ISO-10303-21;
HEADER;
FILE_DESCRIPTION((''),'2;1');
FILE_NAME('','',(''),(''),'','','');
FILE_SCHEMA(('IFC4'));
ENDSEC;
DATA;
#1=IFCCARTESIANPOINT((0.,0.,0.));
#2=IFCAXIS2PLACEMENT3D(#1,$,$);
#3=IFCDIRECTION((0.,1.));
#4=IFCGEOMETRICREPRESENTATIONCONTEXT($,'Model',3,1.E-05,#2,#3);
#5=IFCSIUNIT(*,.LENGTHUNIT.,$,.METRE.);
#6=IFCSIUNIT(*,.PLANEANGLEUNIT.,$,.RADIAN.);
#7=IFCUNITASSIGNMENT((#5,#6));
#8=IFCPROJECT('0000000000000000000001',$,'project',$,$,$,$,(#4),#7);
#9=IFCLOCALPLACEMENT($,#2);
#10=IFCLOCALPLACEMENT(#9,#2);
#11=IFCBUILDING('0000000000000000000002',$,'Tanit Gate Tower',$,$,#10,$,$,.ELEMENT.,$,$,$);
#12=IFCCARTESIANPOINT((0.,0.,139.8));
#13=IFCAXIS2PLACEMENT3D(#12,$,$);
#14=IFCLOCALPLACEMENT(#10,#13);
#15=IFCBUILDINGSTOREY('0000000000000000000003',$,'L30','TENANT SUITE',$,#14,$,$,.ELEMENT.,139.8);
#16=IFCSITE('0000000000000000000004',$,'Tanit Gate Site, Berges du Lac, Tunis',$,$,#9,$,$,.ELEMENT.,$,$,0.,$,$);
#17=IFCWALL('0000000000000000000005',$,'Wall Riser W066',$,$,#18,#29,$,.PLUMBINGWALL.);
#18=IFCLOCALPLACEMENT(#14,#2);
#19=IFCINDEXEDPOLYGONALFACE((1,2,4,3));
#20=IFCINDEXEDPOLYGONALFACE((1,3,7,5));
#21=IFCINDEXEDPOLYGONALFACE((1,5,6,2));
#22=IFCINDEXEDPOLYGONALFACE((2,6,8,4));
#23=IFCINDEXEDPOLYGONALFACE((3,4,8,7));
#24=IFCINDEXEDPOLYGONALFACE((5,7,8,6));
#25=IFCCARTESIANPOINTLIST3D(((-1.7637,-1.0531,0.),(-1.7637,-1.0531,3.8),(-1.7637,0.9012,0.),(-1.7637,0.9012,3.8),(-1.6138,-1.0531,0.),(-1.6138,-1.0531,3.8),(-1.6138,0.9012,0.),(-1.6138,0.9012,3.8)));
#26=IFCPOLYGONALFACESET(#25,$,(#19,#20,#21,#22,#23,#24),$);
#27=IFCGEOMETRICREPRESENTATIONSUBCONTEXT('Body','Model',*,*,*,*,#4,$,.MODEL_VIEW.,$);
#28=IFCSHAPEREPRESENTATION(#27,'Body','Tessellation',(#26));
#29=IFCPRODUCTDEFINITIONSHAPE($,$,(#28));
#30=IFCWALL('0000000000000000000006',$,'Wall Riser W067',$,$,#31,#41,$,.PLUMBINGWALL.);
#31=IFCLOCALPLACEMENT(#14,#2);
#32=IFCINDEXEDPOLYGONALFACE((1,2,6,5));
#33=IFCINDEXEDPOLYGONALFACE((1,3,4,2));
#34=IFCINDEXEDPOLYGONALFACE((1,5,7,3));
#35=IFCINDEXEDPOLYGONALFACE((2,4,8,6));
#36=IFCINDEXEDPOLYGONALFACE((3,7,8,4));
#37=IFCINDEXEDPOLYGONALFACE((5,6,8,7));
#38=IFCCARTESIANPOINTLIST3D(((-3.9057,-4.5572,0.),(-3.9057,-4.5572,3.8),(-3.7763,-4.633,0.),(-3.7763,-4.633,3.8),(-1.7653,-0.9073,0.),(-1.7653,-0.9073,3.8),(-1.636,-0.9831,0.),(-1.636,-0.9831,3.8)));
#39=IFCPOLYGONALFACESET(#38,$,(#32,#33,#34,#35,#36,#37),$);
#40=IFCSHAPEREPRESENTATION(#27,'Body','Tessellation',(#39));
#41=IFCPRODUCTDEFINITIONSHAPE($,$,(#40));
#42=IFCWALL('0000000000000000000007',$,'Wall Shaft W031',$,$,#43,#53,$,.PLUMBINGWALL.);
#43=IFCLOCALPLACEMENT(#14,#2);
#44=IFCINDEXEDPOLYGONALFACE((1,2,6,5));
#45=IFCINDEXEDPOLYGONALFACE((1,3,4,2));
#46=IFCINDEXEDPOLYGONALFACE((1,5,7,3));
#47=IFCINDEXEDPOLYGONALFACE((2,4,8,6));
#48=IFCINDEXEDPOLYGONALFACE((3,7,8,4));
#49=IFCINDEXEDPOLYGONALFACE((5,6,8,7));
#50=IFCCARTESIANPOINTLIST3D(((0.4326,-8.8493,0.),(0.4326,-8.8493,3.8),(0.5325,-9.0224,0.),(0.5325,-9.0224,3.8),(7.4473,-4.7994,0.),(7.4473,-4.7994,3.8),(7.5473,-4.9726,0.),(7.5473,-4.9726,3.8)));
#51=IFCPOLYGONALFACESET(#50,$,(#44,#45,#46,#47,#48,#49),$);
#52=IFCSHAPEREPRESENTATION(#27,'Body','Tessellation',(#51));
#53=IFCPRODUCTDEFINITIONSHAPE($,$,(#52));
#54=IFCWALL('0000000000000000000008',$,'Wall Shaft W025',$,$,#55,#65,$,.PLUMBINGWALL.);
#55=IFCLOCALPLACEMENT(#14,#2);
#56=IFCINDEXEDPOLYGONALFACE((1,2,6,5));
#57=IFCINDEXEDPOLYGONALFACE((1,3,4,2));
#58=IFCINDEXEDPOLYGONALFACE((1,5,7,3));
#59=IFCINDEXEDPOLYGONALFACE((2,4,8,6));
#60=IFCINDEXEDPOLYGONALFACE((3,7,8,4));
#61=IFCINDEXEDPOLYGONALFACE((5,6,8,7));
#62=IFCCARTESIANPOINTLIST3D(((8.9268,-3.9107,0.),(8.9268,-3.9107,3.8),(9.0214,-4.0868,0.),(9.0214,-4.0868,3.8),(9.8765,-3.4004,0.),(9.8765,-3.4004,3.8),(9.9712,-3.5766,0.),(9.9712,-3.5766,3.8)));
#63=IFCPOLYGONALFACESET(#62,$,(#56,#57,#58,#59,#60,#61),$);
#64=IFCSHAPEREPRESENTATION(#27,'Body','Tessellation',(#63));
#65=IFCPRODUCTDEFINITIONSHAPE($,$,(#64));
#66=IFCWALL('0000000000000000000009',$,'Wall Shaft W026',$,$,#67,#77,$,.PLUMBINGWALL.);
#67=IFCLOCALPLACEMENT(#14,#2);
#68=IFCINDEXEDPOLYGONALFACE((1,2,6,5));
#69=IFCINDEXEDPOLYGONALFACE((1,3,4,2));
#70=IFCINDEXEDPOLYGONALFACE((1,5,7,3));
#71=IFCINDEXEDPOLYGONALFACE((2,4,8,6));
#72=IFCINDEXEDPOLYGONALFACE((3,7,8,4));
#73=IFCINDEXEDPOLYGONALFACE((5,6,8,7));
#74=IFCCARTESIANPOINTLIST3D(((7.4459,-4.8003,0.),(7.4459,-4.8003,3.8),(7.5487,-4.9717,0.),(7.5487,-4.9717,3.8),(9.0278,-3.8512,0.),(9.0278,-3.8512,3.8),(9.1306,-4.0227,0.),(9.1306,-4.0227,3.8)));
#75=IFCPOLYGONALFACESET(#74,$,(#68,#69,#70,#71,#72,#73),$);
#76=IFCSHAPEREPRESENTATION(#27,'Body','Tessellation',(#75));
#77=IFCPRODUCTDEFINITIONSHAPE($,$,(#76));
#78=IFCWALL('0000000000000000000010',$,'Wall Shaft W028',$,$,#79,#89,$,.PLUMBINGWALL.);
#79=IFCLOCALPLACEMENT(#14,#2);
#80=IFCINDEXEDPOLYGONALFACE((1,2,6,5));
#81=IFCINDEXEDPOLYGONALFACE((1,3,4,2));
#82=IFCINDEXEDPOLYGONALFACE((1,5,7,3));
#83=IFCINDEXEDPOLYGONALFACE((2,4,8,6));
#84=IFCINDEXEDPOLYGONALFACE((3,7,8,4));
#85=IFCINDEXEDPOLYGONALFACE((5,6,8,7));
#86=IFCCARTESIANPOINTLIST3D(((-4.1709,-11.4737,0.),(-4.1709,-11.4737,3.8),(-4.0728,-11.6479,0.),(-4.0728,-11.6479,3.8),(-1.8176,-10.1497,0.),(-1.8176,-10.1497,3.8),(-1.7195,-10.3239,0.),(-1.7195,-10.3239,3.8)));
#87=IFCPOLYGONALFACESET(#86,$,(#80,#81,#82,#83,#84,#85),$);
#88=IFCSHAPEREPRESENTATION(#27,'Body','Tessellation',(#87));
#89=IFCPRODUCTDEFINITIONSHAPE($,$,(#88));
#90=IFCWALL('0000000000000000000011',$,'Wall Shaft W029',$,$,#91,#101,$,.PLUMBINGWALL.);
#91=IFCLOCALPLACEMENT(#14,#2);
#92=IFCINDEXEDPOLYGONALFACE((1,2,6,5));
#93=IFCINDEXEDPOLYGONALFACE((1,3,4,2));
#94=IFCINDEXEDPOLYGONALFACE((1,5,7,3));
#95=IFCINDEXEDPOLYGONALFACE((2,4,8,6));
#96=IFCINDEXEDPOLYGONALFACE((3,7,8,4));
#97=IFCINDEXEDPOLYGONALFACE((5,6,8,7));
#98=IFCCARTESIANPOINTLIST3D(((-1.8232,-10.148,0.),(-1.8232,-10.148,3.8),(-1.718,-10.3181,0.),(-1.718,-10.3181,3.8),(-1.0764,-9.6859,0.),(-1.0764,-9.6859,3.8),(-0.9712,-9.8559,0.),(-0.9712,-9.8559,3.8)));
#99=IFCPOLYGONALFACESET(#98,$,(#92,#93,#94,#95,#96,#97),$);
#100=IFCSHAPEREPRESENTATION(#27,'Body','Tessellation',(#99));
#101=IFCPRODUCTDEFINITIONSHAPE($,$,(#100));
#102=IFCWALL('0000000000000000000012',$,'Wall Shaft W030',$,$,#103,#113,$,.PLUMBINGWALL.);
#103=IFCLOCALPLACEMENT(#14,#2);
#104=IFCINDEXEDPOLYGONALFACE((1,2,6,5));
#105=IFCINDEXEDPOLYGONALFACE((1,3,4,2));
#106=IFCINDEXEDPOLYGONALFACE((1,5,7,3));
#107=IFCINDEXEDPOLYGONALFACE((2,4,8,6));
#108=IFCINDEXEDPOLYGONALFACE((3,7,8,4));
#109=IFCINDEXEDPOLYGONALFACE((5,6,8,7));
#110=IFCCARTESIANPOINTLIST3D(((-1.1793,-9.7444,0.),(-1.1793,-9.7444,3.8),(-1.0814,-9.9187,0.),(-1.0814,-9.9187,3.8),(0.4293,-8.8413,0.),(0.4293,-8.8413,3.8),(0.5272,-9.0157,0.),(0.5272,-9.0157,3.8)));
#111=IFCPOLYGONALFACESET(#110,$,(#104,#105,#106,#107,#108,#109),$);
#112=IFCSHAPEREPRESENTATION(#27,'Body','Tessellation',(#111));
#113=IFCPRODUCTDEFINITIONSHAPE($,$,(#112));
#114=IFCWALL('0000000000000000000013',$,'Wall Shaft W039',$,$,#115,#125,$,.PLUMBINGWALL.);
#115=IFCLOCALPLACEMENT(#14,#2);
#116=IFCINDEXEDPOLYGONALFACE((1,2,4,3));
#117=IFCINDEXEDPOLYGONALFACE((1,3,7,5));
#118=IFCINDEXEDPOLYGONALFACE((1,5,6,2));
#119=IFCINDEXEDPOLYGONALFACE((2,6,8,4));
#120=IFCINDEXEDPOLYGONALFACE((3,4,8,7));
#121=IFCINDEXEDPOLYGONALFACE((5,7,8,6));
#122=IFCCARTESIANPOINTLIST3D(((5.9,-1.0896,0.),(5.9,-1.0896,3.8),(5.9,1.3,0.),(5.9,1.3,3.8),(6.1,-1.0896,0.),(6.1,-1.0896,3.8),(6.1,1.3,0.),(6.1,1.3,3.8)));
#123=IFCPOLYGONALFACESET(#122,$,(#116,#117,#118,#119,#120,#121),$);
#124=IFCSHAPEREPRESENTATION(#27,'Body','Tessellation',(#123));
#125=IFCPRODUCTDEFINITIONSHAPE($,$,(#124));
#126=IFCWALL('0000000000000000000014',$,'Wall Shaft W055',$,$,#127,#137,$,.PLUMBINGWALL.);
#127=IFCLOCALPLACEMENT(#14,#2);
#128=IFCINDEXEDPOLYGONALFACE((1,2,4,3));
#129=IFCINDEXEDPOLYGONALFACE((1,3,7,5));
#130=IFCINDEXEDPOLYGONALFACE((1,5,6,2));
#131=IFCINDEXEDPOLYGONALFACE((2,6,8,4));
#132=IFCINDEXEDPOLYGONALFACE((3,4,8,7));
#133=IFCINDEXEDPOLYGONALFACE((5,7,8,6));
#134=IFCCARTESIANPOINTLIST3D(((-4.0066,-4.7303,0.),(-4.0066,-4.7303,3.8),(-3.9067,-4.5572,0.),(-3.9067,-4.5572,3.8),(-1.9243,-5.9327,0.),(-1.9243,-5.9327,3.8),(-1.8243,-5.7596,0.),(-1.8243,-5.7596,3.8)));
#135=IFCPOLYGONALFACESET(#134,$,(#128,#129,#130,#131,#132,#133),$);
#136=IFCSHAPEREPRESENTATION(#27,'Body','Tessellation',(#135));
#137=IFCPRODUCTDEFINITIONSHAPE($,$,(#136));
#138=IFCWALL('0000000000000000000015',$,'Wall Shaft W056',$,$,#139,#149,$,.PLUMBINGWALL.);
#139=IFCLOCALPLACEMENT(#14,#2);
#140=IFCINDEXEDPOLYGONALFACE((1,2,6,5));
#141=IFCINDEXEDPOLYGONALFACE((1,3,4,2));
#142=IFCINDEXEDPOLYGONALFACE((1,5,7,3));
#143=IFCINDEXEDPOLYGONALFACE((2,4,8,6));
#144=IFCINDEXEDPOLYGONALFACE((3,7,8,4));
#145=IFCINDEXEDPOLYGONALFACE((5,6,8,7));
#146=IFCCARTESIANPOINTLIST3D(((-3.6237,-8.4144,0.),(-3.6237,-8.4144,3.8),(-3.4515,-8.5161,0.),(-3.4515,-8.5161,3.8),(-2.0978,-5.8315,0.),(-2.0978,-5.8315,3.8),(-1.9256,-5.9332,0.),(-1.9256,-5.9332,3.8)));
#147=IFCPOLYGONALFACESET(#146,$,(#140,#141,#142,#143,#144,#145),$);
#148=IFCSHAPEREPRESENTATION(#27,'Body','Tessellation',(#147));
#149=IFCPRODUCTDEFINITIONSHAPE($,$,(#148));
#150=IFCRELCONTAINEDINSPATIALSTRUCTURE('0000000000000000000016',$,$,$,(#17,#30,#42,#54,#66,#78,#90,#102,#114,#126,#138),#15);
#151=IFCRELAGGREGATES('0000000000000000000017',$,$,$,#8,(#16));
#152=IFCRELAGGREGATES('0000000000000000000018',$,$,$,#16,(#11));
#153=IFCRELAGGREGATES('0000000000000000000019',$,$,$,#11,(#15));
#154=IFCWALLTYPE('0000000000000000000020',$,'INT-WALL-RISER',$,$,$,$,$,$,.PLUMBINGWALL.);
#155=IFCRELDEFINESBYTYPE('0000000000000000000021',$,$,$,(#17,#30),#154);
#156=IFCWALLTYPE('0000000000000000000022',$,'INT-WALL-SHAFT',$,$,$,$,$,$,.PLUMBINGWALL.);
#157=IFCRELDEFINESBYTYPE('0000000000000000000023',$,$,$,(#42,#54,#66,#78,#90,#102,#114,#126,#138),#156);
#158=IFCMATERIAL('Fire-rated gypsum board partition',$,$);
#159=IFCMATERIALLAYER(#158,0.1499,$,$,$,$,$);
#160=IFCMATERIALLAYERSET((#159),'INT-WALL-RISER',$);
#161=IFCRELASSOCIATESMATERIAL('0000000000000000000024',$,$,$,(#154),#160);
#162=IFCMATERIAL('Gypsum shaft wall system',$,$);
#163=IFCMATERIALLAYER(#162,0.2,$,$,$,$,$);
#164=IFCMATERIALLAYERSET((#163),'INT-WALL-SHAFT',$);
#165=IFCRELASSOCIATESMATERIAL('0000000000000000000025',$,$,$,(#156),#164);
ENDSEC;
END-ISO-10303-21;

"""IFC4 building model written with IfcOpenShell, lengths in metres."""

from ifc_helpers import new_model, si_unit, direction, frame, frame_2d, origin, place, context, subcontext, project, spatial, rectangle, extrude, material, layer, layer_set, type_object, element, save


model = new_model("IFC4")

# Units and contexts
model_context = context("Model", 3, precision=1e-05, world=origin(), true_north=direction((0.0, 1.0)))
body_context = subcontext(model_context, "Body", "Model", "MODEL_VIEW")
ifc_project = project(units=[si_unit("LENGTHUNIT", "METRE"), si_unit("PLANEANGLEUNIT", "RADIAN")], contexts=[model_context])

# Site, building, storey
site_placement = place(None, origin())
site = spatial("IfcSite", under=ifc_project, at=site_placement, Name="Tanit Gate Site, Berges du Lac, Tunis", CompositionType="ELEMENT", RefElevation=0.0)
building_placement = place(site_placement, origin())
building = spatial("IfcBuilding", under=site, at=building_placement, Name="Tanit Gate Tower", CompositionType="ELEMENT")
storey_placement = place(building_placement, frame((0.0, 0.0, 139.8)))
storey = spatial("IfcBuildingStorey", under=building, at=storey_placement, Name="L30", Description="TENANT SUITE", CompositionType="ELEMENT", Elevation=139.8)

# Walls
ifc_material_1 = material(Name="Fire-rated gypsum board partition")
ifc_layer_1 = layer(ifc_material_1, 0.1499)
ifc_layer_set_1 = layer_set([ifc_layer_1], Name="INT-WALL-RISER")
wall_type_1 = type_object("IfcWallType", Name="INT-WALL-RISER", PredefinedType="PLUMBINGWALL", material=ifc_layer_set_1)
wall_1_placement = place(storey_placement, frame((-1.6887, -1.053, 0.0), z_axis=(0.0, 0.0, 1.0), x_axis=(0.0, 1.0, 0.0)))
element("IfcWall", 1, at=wall_1_placement, inside=storey, type_object=wall_type_1, Name="Wall Riser W066", PredefinedType="PLUMBINGWALL", context=body_context, shape_type="SweptSolid", body=[
    extrude(rectangle(XDim=1.9543, YDim=0.1499, at=frame_2d((0.9771, 0.0))), origin(), (0.0, 0.0, 1.0), 3.8),
])
wall_2_placement = place(storey_placement, frame((-3.8411, -4.5952, 0.0), z_axis=(0.0, 0.0, 1.0), x_axis=(0.505857, 0.862617, 0.0)))
element("IfcWall", 2, at=wall_2_placement, inside=storey, type_object=wall_type_1, Name="Wall Riser W067", PredefinedType="PLUMBINGWALL", context=body_context, shape_type="SweptSolid", body=[
    extrude(rectangle(XDim=4.2312, YDim=0.1499, at=frame_2d((2.1157, 0.0))), origin(), (0.0, 0.0, 1.0), 3.8),
])
ifc_material_2 = material(Name="Gypsum shaft wall system")
ifc_layer_2 = layer(ifc_material_2, 0.2)
ifc_layer_set_2 = layer_set([ifc_layer_2], Name="INT-WALL-SHAFT")
wall_type_2 = type_object("IfcWallType", Name="INT-WALL-SHAFT", PredefinedType="PLUMBINGWALL", material=ifc_layer_set_2)
wall_3_placement = place(storey_placement, frame((0.4827, -8.9358, 0.0), z_axis=(0.0, 0.0, 1.0), x_axis=(0.866031, 0.49999, 0.0)))
element("IfcWall", 3, at=wall_3_placement, inside=storey, type_object=wall_type_2, Name="Wall Shaft W031", PredefinedType="PLUMBINGWALL", context=body_context, shape_type="SweptSolid", body=[
    extrude(rectangle(XDim=8.0999, YDim=0.2, at=frame_2d((4.0498, 0.0))), origin(), (0.0, 0.0, 1.0), 3.8),
])
wall_4_placement = place(storey_placement, frame((8.9741, -3.9988, 0.0), z_axis=(0.0, 0.0, 1.0), x_axis=(0.880907, 0.473289, 0.0)))
element("IfcWall", 4, at=wall_4_placement, inside=storey, type_object=wall_type_2, Name="Wall Shaft W025", PredefinedType="PLUMBINGWALL", context=body_context, shape_type="SweptSolid", body=[
    extrude(rectangle(XDim=1.0781, YDim=0.2, at=frame_2d((0.5391, 0.0))), origin(), (0.0, 0.0, 1.0), 3.8),
])
wall_5_placement = place(storey_placement, frame((7.4973, -4.886, 0.0), z_axis=(0.0, 0.0, 1.0), x_axis=(0.857516, 0.514457, 0.0)))
element("IfcWall", 5, at=wall_5_placement, inside=storey, type_object=wall_type_2, Name="Wall Shaft W026", PredefinedType="PLUMBINGWALL", context=body_context, shape_type="SweptSolid", body=[
    extrude(rectangle(XDim=1.8447, YDim=0.2, at=frame_2d((0.9224, 0.0))), origin(), (0.0, 0.0, 1.0), 3.8),
])
wall_6_placement = place(storey_placement, frame((-1.7686, -10.2368, 0.0), z_axis=(0.0, 0.0, 1.0), x_axis=(-0.871534, -0.490334, 0.0)))
element("IfcWall", 6, at=wall_6_placement, inside=storey, type_object=wall_type_2, Name="Wall Shaft W028", PredefinedType="PLUMBINGWALL", context=body_context, shape_type="SweptSolid", body=[
    extrude(rectangle(XDim=2.7002, YDim=0.2, at=frame_2d((1.3501, 0.0))), origin(), (0.0, 0.0, 1.0), 3.8),
])
wall_7_placement = place(storey_placement, frame((-1.0239, -9.771, 0.0), z_axis=(0.0, 0.0, 1.0), x_axis=(-0.850348, -0.526221, 0.0)))
element("IfcWall", 7, at=wall_7_placement, inside=storey, type_object=wall_type_2, Name="Wall Shaft W029", PredefinedType="PLUMBINGWALL", context=body_context, shape_type="SweptSolid", body=[
    extrude(rectangle(XDim=0.8782, YDim=0.2, at=frame_2d((0.439, 0.0))), origin(), (0.0, 0.0, 1.0), 3.8),
])
wall_8_placement = place(storey_placement, frame((-1.1304, -9.8315, 0.0), z_axis=(0.0, 0.0, 1.0), x_axis=(0.871989, 0.489526, 0.0)))
element("IfcWall", 8, at=wall_8_placement, inside=storey, type_object=wall_type_2, Name="Wall Shaft W030", PredefinedType="PLUMBINGWALL", context=body_context, shape_type="SweptSolid", body=[
    extrude(rectangle(XDim=1.8447, YDim=0.2, at=frame_2d((0.9224, 0.0))), origin(), (0.0, 0.0, 1.0), 3.8),
])
wall_9_placement = place(storey_placement, frame((6.0, -1.0896, 0.0), z_axis=(0.0, 0.0, 1.0), x_axis=(0.0, 1.0, 0.0)))
element("IfcWall", 9, at=wall_9_placement, inside=storey, type_object=wall_type_2, Name="Wall Shaft W039", PredefinedType="PLUMBINGWALL", context=body_context, shape_type="SweptSolid", body=[
    extrude(rectangle(XDim=2.3896, YDim=0.2, at=frame_2d((1.1948, 0.0))), origin(), (0.0, 0.0, 1.0), 3.8),
])

# Walls
wall_10_placement = place(storey_placement, frame((-3.9565, -4.6438, 0.0), z_axis=(0.0, 0.0, 1.0), x_axis=(0.865991, -0.500059, 0.0)))
element("IfcWall", 10, at=wall_10_placement, inside=storey, type_object=wall_type_2, Name="Wall Shaft W055", PredefinedType="PLUMBINGWALL", context=body_context, shape_type="SweptSolid", body=[
    extrude(rectangle(XDim=2.4045, YDim=0.2, at=frame_2d((1.2021, 0.0))), origin(), (0.0, 0.0, 1.0), 3.8),
])
wall_11_placement = place(storey_placement, frame((-2.0117, -5.8823, 0.0), z_axis=(0.0, 0.0, 1.0), x_axis=(-0.50862, -0.860991, 0.0)))
element("IfcWall", 11, at=wall_11_placement, inside=storey, type_object=wall_type_2, Name="Wall Shaft W056", PredefinedType="PLUMBINGWALL", context=body_context, shape_type="SweptSolid", body=[
    extrude(rectangle(XDim=3.0, YDim=0.2, at=frame_2d((1.5, 0.0))), origin(), (0.0, 0.0, 1.0), 3.8),
])

save(model, "model.ifc")
